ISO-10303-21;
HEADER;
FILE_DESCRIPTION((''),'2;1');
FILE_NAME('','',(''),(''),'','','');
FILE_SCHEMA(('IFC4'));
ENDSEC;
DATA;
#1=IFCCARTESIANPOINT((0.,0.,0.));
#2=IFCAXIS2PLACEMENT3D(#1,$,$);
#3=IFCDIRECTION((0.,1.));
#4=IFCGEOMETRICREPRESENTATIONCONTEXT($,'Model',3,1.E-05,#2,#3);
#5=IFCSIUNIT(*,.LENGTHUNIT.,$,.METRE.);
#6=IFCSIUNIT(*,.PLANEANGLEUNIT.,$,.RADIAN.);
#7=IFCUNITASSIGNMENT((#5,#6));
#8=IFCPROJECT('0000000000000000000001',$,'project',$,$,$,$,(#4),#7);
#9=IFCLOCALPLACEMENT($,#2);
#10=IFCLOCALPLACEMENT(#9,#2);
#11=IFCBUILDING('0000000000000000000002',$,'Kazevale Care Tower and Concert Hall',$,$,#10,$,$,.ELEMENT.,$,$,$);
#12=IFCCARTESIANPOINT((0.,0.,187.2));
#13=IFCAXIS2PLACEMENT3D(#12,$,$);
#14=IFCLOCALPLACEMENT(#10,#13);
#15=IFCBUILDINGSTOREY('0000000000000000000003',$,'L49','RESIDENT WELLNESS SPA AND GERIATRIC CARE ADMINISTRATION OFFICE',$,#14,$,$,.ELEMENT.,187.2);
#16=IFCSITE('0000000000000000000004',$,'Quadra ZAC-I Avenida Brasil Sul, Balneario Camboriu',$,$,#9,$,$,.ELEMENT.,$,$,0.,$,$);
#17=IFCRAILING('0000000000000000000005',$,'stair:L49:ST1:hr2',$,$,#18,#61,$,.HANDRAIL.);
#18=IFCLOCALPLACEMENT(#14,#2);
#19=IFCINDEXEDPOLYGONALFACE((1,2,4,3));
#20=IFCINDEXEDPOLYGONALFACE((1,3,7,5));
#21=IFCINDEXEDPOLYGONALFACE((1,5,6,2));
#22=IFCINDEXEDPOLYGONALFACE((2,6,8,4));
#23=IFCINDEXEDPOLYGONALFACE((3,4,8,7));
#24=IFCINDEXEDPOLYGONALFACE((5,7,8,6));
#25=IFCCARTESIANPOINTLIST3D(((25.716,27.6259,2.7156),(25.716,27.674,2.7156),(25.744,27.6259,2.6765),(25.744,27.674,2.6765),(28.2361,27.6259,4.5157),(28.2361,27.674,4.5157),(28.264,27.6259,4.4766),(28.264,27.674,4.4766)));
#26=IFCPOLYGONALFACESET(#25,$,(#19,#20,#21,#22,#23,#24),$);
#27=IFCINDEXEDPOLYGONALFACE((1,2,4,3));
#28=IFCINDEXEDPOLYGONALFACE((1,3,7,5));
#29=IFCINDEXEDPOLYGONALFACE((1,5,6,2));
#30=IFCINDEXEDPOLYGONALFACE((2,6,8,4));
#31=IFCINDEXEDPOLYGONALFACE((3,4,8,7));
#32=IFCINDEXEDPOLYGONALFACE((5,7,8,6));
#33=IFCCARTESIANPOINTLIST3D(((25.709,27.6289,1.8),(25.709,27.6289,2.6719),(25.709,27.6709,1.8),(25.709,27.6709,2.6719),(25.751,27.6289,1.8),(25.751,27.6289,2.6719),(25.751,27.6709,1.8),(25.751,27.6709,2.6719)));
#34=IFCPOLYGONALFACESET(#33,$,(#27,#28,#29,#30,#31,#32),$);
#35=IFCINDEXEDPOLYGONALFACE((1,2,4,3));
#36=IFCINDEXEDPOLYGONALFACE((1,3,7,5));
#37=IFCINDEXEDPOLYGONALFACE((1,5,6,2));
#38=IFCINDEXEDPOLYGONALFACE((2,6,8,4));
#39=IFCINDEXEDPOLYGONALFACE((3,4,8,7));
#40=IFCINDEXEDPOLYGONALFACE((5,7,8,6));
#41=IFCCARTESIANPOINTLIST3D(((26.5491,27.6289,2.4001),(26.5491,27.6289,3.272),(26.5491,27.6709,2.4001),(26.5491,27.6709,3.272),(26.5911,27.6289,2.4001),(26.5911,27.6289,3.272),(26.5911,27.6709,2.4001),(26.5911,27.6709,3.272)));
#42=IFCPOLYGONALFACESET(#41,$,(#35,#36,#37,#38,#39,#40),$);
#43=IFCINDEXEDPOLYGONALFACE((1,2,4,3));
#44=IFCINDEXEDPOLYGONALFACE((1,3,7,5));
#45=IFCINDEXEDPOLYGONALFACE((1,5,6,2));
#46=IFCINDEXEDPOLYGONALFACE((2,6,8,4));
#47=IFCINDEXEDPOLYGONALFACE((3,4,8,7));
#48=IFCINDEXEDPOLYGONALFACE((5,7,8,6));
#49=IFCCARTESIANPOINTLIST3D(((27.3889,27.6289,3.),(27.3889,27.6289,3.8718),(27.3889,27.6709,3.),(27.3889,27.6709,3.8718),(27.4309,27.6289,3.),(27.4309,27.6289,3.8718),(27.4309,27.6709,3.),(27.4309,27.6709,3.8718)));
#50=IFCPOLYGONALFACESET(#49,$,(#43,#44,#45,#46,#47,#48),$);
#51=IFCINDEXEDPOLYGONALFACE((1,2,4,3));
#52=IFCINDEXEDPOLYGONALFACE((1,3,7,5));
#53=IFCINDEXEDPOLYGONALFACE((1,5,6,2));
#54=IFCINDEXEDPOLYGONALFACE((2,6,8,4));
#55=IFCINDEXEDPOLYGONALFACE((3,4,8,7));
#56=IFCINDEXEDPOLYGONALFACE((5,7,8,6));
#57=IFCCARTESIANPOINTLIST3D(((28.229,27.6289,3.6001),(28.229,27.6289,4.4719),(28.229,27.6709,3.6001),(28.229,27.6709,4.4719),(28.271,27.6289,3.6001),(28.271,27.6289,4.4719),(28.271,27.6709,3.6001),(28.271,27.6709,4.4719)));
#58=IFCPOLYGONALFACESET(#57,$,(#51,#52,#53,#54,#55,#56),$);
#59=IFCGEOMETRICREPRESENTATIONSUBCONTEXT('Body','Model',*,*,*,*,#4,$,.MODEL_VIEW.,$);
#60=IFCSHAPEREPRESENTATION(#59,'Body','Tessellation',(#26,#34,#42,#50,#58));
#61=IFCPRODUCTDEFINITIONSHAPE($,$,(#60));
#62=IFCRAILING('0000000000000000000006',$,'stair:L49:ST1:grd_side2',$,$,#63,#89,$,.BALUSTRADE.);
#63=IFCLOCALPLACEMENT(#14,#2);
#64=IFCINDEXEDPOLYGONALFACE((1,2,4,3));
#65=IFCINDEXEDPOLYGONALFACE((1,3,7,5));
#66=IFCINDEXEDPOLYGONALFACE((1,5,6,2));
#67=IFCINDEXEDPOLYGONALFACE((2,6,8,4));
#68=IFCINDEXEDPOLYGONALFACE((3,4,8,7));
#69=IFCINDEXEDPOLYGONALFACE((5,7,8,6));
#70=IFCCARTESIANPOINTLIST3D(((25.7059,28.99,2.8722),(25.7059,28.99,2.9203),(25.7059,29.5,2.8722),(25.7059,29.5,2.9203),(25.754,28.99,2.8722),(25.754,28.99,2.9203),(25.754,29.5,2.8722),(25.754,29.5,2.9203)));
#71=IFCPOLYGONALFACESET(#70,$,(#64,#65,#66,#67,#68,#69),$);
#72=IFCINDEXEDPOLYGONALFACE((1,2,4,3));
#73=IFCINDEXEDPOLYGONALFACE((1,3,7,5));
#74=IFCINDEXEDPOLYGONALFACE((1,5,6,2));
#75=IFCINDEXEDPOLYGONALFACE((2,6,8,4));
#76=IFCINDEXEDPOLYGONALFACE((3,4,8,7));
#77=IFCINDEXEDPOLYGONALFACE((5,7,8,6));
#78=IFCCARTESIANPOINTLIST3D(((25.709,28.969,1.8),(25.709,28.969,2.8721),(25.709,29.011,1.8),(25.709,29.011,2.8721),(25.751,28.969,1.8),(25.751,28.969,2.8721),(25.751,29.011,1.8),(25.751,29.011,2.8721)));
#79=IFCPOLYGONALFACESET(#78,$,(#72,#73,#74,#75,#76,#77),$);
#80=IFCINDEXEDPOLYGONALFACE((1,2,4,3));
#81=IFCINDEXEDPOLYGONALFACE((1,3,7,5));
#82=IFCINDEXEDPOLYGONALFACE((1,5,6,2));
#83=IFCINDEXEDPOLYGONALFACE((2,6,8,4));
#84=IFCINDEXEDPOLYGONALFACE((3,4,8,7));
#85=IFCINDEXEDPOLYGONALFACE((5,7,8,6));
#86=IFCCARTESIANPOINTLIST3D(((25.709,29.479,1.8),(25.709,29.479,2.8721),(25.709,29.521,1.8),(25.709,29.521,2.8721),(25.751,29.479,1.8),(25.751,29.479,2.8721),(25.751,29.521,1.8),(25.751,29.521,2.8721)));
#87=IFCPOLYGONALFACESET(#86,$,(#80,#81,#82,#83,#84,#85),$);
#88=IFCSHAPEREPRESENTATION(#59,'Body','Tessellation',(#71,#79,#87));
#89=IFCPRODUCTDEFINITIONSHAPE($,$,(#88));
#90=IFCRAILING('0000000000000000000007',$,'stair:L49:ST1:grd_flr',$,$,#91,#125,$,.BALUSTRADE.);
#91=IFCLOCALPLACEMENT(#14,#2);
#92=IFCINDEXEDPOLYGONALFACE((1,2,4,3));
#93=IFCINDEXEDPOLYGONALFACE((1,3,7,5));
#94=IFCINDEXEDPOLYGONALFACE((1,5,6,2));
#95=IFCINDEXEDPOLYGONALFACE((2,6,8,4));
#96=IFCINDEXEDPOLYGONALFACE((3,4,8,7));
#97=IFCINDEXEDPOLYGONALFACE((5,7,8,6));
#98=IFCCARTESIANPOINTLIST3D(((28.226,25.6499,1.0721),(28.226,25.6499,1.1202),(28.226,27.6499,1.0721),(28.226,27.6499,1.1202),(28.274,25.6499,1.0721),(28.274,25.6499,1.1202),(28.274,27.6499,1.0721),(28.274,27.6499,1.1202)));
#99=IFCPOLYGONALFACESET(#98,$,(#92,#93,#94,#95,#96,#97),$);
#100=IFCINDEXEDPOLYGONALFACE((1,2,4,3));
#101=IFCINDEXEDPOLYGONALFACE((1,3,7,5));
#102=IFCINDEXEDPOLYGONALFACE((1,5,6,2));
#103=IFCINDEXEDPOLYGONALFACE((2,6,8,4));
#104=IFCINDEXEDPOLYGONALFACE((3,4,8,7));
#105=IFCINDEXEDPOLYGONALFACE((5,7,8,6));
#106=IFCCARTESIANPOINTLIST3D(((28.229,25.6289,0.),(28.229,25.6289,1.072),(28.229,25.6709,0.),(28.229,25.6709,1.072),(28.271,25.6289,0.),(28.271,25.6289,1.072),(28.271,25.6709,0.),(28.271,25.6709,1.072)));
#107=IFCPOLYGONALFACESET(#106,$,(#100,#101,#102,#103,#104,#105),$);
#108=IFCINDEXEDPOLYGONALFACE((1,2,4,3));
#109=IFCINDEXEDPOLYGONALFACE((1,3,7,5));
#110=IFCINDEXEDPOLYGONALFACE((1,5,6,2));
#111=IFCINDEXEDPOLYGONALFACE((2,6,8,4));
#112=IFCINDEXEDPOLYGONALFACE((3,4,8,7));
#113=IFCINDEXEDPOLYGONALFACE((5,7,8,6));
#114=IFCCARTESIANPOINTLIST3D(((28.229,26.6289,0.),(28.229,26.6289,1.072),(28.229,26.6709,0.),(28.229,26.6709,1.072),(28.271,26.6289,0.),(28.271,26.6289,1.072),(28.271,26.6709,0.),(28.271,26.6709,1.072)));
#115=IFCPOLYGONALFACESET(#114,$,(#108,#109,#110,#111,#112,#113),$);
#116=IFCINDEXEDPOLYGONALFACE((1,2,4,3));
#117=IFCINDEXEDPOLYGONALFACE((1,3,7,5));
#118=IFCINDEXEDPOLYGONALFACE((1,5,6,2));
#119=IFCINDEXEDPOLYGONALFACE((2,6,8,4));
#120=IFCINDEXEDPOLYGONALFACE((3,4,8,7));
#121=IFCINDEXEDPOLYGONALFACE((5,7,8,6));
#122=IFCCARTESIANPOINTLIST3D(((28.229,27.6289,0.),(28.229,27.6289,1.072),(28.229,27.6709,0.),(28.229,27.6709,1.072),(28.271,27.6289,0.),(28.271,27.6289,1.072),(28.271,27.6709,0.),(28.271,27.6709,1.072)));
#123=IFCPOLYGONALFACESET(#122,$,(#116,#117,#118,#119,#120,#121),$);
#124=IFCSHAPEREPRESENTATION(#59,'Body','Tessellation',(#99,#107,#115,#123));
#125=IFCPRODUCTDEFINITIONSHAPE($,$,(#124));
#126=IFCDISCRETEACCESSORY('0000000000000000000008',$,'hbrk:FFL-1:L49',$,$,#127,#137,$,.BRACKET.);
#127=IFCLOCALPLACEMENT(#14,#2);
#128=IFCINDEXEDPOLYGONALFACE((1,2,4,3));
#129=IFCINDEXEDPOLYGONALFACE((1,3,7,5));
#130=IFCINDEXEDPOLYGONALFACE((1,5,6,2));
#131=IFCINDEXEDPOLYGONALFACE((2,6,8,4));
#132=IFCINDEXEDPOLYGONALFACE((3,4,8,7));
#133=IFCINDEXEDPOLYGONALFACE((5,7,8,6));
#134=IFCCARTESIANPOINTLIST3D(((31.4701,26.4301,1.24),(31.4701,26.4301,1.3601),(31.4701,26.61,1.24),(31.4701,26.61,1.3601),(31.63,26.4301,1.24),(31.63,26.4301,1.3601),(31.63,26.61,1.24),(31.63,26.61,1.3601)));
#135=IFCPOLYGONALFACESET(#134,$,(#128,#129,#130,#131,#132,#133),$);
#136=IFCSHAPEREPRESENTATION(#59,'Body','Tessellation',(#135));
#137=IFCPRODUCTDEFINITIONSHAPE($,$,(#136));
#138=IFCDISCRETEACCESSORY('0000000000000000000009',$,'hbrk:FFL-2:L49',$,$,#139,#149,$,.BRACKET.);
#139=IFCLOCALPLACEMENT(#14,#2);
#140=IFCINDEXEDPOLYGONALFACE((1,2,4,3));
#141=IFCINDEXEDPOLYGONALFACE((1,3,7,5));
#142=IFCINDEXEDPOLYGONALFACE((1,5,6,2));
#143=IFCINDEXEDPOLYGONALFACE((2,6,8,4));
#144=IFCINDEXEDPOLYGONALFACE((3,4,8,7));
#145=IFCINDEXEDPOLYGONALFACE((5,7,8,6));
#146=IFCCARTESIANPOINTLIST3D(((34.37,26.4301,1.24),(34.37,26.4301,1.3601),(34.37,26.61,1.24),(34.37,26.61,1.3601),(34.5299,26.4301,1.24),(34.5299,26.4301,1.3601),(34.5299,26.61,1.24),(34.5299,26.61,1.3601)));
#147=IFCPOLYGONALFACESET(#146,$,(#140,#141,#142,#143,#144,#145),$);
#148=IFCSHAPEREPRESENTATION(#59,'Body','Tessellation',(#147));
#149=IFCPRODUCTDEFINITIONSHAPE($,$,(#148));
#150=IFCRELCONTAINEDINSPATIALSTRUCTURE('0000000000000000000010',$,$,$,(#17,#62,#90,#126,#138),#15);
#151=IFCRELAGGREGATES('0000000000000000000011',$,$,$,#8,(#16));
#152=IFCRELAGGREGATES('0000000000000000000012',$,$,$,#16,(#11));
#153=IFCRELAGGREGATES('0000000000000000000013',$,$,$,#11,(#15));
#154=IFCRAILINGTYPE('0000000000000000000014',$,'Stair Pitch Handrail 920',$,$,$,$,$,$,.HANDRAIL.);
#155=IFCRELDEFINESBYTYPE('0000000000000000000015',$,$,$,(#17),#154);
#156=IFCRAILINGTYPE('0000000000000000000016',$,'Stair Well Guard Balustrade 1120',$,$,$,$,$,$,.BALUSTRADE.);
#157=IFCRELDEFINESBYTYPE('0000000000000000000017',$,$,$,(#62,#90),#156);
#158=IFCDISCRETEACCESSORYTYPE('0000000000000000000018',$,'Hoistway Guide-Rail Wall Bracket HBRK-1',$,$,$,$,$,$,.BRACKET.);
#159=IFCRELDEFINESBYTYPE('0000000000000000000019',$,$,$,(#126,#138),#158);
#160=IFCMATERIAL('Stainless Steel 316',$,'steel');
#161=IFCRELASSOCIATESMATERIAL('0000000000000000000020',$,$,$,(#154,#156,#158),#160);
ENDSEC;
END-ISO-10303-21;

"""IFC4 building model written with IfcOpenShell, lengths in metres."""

from ifc_helpers import new_model, si_unit, direction, frame, origin, origin_2d, place, context, subcontext, project, spatial, rectangle, extrude, material, type_object, element, save


model = new_model("IFC4")

# Units and contexts
model_context = context("Model", 3, precision=1e-05, world=origin(), true_north=direction((0.0, 1.0)))
body_context = subcontext(model_context, "Body", "Model", "MODEL_VIEW")
ifc_project = project(units=[si_unit("LENGTHUNIT", "METRE"), si_unit("PLANEANGLEUNIT", "RADIAN")], contexts=[model_context])

# Site, building, storey
site_placement = place(None, origin())
site = spatial("IfcSite", under=ifc_project, at=site_placement, Name="Quadra ZAC-I Avenida Brasil Sul, Balneario Camboriu", CompositionType="ELEMENT", RefElevation=0.0)
building_placement = place(site_placement, origin())
building = spatial("IfcBuilding", under=site, at=building_placement, Name="Kazevale Care Tower and Concert Hall", CompositionType="ELEMENT")
storey_placement = place(building_placement, frame((0.0, 0.0, 187.2)))
storey = spatial("IfcBuildingStorey", under=building, at=storey_placement, Name="L49", Description="RESIDENT WELLNESS SPA AND GERIATRIC CARE ADMINISTRATION OFFICE", CompositionType="ELEMENT", Elevation=187.2)

# Shared definitions
ifc_material_1 = material(Name="Stainless Steel 316", Category="steel")

# Railings
railing_type_1 = type_object("IfcRailingType", Name="Stair Pitch Handrail 920", PredefinedType="HANDRAIL", material=ifc_material_1)
railing_1_placement = place(storey_placement, frame((25.73, 27.6499, 1.8)))
element("IfcRailing", 1, at=railing_1_placement, inside=storey, type_object=railing_type_1, Name="stair:L49:ST1:hr2", PredefinedType="HANDRAIL", context=body_context, shape_type="SweptSolid", body=[
    extrude(rectangle(XDim=0.0481, YDim=0.0481, at=origin_2d()), frame((0.0, 0.0, 0.896), z_axis=(0.813728, 0.0, 0.581246), x_axis=(0.0, 1.0, 0.0)), (0.0, 0.0, 1.0), 3.0969),
    extrude(rectangle(XDim=0.042, YDim=0.042, at=origin_2d()), origin(), (0.0, 0.0, 1.0), 0.8718),
    extrude(rectangle(XDim=0.042, YDim=0.042, at=origin_2d()), frame((0.8401, 0.0, 0.6001)), (0.0, 0.0, 1.0), 0.8718),
    extrude(rectangle(XDim=0.042, YDim=0.042, at=origin_2d()), frame((1.6799, 0.0, 1.2)), (0.0, 0.0, 1.0), 0.8718),
    extrude(rectangle(XDim=0.042, YDim=0.042, at=origin_2d()), frame((2.52, 0.0, 1.8)), (0.0, 0.0, 1.0), 0.8718),
])
railing_type_2 = type_object("IfcRailingType", Name="Stair Well Guard Balustrade 1120", PredefinedType="BALUSTRADE", material=ifc_material_1)
railing_2_placement = place(storey_placement, frame((25.73, 28.99, 1.8)))
element("IfcRailing", 2, at=railing_2_placement, inside=storey, type_object=railing_type_2, Name="stair:L49:ST1:grd_side2", PredefinedType="BALUSTRADE", context=body_context, shape_type="SweptSolid", body=[
    extrude(rectangle(XDim=0.0481, YDim=0.0481, at=origin_2d()), frame((0.0, 0.0, 1.0962), z_axis=(0.0, 1.0, 0.0), x_axis=(-1.0, 0.0, 0.0)), (0.0, 0.0, 1.0), 0.51),
    extrude(rectangle(XDim=0.042, YDim=0.042, at=origin_2d()), origin(), (0.0, 0.0, 1.0), 1.072),
    extrude(rectangle(XDim=0.042, YDim=0.042, at=origin_2d()), frame((0.0, 0.51, 0.0)), (0.0, 0.0, 1.0), 1.072),
])
railing_3_placement = place(storey_placement, frame((28.25, 25.6499, 0.0)))
element("IfcRailing", 3, at=railing_3_placement, inside=storey, type_object=railing_type_2, Name="stair:L49:ST1:grd_flr", PredefinedType="BALUSTRADE", context=body_context, shape_type="SweptSolid", body=[
    extrude(rectangle(XDim=0.0481, YDim=0.0481, at=origin_2d()), frame((0.0, 0.0, 1.0962), z_axis=(0.0, 1.0, 0.0), x_axis=(-1.0, 0.0, 0.0)), (0.0, 0.0, 1.0), 2.0),
    extrude(rectangle(XDim=0.042, YDim=0.042, at=origin_2d()), origin(), (0.0, 0.0, 1.0), 1.072),
    extrude(rectangle(XDim=0.042, YDim=0.042, at=origin_2d()), frame((0.0, 1.0, 0.0)), (0.0, 0.0, 1.0), 1.072),
    extrude(rectangle(XDim=0.042, YDim=0.042, at=origin_2d()), frame((0.0, 2.0, 0.0)), (0.0, 0.0, 1.0), 1.072),
])

# Discrete accessories
discrete_accessory_type = type_object("IfcDiscreteAccessoryType", Name="Hoistway Guide-Rail Wall Bracket HBRK-1", PredefinedType="BRACKET", material=ifc_material_1)
for number, where, z_axis, x_axis, name in (
    (4, (31.55, 26.52, 1.24), (0.0, 0.0, 1.0), (1.0, 0.0, 0.0), "hbrk:FFL-1:L49"),
    (5, (34.45, 26.52, 1.24), (0.0, 0.0, 1.0), (1.0, 0.0, 0.0), "hbrk:FFL-2:L49"),
):
    element("IfcDiscreteAccessory", number, at=place(storey_placement, frame(where, z_axis=z_axis, x_axis=x_axis)), inside=storey, type_object=discrete_accessory_type, Name=name, PredefinedType="BRACKET", context=body_context, shape_type="SweptSolid", body=[
        extrude(rectangle(XDim=0.1599, YDim=0.1799, at=origin_2d()), origin(), (0.0, 0.0, 1.0), 0.1201),
    ])

save(model, "model.ifc")
